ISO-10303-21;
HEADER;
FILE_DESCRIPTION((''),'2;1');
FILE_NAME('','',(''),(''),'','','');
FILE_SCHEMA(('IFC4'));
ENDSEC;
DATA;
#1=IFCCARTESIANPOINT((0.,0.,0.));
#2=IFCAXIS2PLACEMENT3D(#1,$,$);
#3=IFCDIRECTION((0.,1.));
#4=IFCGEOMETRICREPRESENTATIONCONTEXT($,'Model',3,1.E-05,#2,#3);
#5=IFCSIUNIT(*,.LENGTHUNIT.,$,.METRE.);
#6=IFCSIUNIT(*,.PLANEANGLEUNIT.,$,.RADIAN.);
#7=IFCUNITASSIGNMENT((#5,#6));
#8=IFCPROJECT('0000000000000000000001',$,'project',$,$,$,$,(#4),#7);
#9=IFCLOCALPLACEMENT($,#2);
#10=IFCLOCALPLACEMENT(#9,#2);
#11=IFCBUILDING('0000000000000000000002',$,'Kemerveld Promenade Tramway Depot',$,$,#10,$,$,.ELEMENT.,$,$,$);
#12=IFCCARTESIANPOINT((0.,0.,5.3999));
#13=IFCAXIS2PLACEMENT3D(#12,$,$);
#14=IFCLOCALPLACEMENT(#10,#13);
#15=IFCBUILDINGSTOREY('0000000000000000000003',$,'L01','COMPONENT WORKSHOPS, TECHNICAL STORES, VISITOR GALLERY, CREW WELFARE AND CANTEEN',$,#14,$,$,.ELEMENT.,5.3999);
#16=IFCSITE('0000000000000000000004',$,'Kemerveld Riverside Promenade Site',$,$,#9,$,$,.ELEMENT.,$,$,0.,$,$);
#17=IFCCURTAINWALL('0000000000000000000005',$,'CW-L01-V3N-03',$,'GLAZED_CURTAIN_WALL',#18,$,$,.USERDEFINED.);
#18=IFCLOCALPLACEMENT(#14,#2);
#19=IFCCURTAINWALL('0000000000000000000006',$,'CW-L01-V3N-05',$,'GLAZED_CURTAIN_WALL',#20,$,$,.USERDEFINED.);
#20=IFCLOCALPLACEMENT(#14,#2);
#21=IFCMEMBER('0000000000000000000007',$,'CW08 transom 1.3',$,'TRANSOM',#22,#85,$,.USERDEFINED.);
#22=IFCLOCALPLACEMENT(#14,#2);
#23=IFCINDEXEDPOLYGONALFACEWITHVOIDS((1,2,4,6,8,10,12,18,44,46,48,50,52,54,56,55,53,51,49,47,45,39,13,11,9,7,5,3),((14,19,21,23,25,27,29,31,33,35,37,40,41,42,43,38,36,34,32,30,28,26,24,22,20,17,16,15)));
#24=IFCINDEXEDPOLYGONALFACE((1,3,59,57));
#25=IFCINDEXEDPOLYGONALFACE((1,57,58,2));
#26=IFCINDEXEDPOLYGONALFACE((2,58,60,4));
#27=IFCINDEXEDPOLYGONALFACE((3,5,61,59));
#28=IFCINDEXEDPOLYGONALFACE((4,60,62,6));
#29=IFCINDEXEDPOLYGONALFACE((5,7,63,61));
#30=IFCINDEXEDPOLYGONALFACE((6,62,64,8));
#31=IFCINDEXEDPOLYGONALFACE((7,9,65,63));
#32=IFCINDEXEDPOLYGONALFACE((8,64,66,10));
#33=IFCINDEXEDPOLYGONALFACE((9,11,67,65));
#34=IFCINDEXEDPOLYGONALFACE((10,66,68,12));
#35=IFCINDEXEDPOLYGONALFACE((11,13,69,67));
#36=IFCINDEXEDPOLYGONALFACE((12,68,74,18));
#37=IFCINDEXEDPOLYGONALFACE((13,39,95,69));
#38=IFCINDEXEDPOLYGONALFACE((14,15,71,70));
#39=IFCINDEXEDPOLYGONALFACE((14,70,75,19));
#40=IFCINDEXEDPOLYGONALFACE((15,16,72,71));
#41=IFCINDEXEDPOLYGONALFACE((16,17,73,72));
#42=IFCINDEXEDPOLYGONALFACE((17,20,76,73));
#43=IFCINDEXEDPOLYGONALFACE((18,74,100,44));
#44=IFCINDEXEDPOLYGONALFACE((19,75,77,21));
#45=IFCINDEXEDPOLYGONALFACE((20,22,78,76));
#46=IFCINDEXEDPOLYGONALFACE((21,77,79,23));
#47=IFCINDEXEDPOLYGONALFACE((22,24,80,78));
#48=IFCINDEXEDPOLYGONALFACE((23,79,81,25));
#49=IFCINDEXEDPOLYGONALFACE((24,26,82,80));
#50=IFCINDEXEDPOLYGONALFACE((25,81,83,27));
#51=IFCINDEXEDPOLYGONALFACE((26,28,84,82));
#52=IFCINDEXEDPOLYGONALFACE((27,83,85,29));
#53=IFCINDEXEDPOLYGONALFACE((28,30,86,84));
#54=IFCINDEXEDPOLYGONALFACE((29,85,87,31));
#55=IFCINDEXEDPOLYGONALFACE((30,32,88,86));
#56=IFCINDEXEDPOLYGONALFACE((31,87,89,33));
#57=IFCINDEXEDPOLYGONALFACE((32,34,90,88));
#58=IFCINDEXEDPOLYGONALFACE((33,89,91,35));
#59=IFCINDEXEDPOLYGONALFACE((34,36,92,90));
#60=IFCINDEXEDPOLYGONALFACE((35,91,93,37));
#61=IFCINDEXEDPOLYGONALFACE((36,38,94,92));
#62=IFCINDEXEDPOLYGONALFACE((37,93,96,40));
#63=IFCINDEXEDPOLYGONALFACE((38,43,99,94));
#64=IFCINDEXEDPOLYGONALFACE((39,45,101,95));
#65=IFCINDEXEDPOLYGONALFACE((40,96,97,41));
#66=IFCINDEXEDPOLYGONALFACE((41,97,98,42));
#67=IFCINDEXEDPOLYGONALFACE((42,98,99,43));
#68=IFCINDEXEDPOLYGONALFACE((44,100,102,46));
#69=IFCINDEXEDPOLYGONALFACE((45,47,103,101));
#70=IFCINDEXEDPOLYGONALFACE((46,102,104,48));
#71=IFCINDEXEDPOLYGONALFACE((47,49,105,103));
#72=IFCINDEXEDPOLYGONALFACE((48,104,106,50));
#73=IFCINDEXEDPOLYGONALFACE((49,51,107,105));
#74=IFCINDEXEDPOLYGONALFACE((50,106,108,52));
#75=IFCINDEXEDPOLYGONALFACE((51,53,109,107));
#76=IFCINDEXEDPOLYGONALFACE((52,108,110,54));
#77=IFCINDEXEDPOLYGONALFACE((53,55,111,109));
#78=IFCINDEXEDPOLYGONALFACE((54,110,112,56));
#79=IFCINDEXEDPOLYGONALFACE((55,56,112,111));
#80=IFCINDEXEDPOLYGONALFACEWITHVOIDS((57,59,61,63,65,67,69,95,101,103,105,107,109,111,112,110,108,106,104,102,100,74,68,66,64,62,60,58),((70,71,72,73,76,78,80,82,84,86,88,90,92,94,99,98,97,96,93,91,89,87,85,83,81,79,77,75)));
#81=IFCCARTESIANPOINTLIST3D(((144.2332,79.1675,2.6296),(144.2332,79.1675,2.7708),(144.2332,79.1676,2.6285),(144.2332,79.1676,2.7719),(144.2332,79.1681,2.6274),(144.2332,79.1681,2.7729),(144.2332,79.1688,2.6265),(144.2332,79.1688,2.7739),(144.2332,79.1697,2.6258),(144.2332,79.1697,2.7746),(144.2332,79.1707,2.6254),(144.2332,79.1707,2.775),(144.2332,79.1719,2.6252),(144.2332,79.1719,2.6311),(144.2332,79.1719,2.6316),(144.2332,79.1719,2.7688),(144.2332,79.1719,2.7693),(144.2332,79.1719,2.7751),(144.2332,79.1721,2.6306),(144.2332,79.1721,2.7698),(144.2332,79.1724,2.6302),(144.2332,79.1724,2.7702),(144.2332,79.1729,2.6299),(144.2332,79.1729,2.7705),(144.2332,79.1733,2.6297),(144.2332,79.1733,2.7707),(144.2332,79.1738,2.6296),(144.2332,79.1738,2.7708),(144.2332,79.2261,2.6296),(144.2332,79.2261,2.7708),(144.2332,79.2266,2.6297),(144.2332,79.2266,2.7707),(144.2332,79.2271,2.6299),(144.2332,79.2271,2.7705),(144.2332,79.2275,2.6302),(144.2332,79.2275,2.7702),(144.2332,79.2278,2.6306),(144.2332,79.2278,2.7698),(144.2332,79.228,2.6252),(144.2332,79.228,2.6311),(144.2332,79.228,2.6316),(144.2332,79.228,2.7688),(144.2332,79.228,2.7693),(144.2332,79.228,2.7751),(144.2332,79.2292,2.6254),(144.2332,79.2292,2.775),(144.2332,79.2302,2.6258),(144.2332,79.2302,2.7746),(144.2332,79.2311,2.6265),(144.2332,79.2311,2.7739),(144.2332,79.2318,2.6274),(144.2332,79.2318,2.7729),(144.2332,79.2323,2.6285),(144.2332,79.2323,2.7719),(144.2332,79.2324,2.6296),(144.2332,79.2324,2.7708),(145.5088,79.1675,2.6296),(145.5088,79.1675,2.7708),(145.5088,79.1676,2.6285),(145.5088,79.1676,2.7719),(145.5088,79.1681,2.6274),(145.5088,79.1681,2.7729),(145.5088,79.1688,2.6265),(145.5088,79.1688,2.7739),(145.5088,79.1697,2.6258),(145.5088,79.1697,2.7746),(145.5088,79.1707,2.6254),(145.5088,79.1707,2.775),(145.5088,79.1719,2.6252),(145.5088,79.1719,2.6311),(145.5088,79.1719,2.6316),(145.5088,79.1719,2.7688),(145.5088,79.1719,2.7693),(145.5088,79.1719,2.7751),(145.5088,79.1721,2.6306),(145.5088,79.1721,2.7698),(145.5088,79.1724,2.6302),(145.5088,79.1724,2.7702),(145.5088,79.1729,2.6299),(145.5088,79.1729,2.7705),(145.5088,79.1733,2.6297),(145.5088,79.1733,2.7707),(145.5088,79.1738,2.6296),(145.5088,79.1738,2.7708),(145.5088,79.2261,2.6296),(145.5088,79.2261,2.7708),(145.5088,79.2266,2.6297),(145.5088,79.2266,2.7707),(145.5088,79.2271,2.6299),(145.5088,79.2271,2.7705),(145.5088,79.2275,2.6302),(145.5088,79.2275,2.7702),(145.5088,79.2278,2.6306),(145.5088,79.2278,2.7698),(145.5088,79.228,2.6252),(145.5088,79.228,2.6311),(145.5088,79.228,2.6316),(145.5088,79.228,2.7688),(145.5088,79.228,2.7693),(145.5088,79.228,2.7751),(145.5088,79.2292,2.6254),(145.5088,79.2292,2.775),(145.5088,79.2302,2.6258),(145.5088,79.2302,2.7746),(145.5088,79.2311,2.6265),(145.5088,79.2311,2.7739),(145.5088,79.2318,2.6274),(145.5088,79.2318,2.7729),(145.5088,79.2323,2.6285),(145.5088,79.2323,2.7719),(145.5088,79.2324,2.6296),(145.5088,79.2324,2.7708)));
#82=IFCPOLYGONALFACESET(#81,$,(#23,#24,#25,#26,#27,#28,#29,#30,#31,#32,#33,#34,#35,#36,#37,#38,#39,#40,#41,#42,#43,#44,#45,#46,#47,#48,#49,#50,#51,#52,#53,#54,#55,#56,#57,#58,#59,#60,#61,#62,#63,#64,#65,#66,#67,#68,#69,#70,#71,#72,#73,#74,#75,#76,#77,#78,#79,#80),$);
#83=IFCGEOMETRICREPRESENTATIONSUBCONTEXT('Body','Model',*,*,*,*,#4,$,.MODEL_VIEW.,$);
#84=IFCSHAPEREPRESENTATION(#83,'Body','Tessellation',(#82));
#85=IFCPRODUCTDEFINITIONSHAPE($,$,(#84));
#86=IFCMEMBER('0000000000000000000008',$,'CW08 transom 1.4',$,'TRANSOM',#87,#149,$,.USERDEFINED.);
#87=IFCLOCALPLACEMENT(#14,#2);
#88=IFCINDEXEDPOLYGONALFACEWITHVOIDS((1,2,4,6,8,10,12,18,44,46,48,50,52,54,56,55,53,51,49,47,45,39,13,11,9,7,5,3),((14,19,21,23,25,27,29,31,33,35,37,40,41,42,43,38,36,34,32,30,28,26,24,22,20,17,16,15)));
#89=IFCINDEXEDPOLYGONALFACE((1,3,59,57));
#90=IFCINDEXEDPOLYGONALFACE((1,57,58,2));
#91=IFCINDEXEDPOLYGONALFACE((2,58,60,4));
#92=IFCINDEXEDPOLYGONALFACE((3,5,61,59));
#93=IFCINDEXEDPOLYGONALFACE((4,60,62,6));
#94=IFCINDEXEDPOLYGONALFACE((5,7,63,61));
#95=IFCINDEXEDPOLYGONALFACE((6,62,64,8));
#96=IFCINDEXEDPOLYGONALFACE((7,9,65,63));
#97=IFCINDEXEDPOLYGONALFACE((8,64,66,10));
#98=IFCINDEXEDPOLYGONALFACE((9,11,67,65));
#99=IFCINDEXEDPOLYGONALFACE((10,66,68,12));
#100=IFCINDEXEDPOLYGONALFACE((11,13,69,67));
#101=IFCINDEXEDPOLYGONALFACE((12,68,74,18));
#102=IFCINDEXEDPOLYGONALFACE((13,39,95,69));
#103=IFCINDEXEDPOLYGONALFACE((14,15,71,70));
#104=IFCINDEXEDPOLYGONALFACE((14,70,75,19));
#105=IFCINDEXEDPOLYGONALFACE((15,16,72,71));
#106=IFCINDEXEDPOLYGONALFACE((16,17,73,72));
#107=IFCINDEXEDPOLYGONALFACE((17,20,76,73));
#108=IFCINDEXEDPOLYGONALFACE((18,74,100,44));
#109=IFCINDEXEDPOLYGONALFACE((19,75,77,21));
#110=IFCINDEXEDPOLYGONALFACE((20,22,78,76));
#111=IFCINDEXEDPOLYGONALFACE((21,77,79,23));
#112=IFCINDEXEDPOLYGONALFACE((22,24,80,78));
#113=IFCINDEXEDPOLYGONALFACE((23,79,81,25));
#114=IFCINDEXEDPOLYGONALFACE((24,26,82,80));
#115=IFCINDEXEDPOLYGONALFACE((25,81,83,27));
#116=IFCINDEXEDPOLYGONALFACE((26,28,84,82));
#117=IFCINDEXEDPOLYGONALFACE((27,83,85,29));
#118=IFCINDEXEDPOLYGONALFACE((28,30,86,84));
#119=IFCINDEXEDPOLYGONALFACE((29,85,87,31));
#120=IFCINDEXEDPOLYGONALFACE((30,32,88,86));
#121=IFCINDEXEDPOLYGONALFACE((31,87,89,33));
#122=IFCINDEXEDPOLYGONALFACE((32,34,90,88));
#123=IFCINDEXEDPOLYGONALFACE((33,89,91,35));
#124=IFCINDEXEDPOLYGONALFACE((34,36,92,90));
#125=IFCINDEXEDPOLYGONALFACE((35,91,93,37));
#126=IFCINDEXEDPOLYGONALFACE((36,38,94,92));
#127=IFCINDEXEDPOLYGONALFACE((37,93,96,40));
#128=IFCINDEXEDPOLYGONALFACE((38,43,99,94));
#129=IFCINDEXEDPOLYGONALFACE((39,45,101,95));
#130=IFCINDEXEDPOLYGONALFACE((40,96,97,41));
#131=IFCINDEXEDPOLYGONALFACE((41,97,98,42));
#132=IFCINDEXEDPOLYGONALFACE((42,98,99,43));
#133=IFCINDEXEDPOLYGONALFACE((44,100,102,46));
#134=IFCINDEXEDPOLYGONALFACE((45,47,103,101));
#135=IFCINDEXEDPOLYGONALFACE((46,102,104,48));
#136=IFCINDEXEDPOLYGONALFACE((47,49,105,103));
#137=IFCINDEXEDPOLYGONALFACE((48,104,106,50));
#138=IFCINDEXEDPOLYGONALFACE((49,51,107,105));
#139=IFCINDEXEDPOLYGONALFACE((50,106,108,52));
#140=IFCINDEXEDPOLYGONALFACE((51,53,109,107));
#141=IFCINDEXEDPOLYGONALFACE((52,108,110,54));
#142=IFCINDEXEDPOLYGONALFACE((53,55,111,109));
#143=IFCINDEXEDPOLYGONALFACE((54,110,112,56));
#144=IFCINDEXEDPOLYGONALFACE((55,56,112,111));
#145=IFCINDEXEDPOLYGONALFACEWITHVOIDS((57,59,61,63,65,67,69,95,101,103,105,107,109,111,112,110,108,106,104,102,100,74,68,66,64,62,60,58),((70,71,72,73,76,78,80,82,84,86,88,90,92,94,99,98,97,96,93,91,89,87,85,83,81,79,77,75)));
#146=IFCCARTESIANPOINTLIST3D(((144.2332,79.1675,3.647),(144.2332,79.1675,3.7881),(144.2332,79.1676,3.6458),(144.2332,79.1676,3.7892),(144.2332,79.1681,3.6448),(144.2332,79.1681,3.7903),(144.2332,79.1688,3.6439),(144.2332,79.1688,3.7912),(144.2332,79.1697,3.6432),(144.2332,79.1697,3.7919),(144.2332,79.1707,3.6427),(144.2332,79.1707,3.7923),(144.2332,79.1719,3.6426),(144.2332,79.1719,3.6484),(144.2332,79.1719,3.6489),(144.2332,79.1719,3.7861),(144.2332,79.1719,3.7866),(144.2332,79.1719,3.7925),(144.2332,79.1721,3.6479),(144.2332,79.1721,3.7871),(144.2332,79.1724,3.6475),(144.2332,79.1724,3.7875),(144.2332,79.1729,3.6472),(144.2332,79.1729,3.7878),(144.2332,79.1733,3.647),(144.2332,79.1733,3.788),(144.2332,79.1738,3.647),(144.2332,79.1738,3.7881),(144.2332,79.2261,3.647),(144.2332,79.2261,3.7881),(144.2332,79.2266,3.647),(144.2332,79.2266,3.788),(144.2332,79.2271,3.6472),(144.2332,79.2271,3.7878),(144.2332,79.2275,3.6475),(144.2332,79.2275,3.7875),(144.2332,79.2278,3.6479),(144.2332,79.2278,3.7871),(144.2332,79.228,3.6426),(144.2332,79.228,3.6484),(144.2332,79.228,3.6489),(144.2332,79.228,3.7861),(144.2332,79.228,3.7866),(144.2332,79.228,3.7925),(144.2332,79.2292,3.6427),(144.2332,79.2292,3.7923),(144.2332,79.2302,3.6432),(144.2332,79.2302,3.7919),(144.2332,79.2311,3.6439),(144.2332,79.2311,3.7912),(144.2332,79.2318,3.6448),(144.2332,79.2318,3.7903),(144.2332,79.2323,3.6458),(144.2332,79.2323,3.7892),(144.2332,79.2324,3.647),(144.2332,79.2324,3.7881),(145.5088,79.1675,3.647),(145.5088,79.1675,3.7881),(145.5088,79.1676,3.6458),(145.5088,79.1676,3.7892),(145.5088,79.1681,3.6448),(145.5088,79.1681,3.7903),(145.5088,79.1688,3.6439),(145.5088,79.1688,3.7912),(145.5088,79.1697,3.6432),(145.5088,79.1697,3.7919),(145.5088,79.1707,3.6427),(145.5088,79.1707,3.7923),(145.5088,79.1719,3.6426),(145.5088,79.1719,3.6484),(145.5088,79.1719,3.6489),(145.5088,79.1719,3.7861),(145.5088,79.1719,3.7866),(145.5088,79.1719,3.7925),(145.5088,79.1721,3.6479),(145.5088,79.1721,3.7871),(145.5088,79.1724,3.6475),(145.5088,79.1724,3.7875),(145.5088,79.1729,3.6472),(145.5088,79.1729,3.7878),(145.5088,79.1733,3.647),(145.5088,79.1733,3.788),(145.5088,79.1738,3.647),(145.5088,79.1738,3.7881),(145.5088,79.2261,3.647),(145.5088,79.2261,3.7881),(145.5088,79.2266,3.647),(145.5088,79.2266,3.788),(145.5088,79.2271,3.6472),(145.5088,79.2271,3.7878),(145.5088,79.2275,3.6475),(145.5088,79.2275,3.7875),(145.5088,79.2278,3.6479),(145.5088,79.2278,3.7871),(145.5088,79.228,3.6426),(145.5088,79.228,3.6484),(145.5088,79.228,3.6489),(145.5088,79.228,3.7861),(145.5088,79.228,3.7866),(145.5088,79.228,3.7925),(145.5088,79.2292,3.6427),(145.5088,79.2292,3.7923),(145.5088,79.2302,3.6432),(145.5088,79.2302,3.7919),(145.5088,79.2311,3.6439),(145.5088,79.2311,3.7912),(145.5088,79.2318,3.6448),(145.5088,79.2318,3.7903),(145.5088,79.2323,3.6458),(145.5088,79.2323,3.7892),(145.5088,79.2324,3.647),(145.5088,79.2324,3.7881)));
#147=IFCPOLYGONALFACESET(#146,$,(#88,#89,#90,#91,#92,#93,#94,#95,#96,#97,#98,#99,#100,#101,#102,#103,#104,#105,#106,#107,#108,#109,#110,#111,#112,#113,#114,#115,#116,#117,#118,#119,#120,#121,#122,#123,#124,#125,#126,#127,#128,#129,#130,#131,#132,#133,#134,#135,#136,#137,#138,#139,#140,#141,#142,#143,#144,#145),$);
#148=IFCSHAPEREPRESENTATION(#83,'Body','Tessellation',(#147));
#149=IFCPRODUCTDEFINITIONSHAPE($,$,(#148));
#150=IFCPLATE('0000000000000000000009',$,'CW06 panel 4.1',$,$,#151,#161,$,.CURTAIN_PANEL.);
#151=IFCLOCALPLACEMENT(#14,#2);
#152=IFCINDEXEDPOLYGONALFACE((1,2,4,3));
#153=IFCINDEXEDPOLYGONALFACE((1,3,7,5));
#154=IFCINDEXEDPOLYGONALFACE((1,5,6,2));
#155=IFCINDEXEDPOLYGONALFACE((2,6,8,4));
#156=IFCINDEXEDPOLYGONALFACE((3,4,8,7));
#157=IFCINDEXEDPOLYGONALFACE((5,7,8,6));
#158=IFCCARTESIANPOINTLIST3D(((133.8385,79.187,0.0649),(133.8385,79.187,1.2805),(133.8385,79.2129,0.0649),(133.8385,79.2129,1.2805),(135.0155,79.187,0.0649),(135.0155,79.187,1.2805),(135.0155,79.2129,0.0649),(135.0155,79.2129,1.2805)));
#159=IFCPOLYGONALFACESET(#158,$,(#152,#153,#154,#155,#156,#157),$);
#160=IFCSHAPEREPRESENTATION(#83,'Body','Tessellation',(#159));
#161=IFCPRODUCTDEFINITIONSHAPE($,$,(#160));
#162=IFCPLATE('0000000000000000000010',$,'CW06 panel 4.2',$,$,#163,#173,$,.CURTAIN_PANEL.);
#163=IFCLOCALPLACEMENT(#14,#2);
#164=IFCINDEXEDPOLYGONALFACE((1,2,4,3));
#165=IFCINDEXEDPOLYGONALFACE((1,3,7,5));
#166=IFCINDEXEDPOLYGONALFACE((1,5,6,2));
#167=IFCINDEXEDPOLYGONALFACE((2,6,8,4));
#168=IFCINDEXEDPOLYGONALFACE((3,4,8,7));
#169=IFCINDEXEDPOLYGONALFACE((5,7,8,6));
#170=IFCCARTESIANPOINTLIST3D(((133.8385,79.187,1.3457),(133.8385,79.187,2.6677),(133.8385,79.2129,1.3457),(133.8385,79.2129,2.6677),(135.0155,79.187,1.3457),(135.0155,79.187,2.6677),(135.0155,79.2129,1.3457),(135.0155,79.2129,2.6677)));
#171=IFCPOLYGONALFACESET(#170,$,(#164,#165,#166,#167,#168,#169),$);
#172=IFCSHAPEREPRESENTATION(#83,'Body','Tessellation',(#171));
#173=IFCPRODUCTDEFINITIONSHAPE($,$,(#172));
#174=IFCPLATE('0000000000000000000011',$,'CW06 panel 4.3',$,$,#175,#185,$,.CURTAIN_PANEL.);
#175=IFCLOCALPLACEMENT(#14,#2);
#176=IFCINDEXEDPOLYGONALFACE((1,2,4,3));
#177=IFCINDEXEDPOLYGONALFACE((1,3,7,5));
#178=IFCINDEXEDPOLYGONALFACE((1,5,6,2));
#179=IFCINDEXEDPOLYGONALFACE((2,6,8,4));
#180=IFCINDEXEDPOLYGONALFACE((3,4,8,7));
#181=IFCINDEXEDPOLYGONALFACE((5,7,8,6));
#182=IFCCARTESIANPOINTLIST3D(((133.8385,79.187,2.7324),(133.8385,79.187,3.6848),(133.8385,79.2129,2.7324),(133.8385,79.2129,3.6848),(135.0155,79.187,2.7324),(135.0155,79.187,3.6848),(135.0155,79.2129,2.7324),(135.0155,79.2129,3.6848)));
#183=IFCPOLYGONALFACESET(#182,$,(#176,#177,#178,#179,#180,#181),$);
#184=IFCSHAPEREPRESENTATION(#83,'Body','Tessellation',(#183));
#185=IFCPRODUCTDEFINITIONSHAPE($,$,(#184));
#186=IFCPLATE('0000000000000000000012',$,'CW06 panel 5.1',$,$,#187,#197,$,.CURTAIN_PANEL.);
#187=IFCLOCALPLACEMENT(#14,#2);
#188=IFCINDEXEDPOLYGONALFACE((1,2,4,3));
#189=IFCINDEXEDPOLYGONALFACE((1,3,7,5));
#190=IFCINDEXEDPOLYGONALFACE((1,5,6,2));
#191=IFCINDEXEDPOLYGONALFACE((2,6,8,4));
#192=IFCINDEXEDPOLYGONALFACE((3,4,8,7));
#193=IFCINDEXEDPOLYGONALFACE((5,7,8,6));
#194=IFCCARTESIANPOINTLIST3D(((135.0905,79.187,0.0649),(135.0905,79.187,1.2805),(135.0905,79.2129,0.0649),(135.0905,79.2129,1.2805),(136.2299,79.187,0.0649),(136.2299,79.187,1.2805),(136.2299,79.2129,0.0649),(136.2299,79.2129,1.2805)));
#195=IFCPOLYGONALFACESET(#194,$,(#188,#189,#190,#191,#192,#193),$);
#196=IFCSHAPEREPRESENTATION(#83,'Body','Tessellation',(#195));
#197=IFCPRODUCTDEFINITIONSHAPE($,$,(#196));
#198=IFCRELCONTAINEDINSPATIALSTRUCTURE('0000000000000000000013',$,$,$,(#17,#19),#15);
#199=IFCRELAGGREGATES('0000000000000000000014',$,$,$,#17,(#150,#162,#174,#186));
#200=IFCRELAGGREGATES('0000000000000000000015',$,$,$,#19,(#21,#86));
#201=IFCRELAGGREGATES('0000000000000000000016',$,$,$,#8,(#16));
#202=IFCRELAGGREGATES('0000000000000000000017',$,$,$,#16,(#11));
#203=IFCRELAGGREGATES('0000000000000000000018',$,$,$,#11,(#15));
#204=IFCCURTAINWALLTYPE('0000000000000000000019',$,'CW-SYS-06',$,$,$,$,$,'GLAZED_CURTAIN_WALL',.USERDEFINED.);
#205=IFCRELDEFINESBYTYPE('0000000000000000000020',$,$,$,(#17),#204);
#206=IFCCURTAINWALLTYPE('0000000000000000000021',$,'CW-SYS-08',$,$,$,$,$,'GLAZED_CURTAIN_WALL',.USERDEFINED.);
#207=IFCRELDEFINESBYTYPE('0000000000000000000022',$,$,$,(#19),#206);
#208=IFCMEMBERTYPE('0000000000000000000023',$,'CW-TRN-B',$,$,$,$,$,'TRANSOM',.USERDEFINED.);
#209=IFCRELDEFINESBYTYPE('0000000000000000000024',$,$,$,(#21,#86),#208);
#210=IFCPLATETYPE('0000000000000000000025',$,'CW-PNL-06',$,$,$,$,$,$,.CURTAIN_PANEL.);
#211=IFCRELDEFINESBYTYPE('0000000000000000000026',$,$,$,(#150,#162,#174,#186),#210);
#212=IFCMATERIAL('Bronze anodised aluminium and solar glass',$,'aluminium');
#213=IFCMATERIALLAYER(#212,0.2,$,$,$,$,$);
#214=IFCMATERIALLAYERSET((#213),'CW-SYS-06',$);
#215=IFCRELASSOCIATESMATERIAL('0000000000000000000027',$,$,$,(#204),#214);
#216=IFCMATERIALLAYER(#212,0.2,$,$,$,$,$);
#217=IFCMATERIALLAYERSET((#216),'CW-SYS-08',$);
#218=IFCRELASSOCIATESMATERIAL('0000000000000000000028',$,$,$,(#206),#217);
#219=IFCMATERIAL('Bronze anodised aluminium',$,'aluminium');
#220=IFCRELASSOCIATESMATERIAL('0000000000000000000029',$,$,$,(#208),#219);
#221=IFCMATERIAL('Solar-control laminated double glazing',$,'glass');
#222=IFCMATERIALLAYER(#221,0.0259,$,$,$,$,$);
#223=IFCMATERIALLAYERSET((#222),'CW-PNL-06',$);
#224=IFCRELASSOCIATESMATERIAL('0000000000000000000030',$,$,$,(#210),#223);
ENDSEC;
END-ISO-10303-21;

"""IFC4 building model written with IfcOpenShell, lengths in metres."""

from ifc_helpers import new_model, si_unit, direction, frame, origin, origin_2d, place, context, subcontext, project, spatial, rectangle, hollow_rectangle, extrude, material, layer, layer_set, material_profile, profile_set, type_object, element, aggregate, save


model = new_model("IFC4")

# Units and contexts
model_context = context("Model", 3, precision=1e-05, world=origin(), true_north=direction((0.0, 1.0)))
body_context = subcontext(model_context, "Body", "Model", "MODEL_VIEW")
ifc_project = project(units=[si_unit("LENGTHUNIT", "METRE"), si_unit("PLANEANGLEUNIT", "RADIAN")], contexts=[model_context])

# Site, building, storey
site_placement = place(None, origin())
site = spatial("IfcSite", under=ifc_project, at=site_placement, Name="Kemerveld Riverside Promenade Site", CompositionType="ELEMENT", RefElevation=0.0)
building_placement = place(site_placement, origin())
building = spatial("IfcBuilding", under=site, at=building_placement, Name="Kemerveld Promenade Tramway Depot", CompositionType="ELEMENT")
storey_placement = place(building_placement, frame((0.0, 0.0, 5.3999)))
storey = spatial("IfcBuildingStorey", under=building, at=storey_placement, Name="L01", Description="COMPONENT WORKSHOPS, TECHNICAL STORES, VISITOR GALLERY, CREW WELFARE AND CANTEEN", CompositionType="ELEMENT", Elevation=5.3999)

# Curtain wall
ifc_material_1 = material(Name="Bronze anodised aluminium and solar glass", Category="aluminium")
ifc_layer_1 = layer(ifc_material_1, 0.2)
ifc_layer_set_1 = layer_set([ifc_layer_1], Name="CW-SYS-06")
curtain_wall_type_1 = type_object("IfcCurtainWallType", Name="CW-SYS-06", ElementType="GLAZED_CURTAIN_WALL", PredefinedType="USERDEFINED", material=ifc_layer_set_1)
curtain_wall_1_placement = place(storey_placement, origin())
curtain_wall_1 = element("IfcCurtainWall", 1, at=curtain_wall_1_placement, inside=storey, type_object=curtain_wall_type_1, Name="CW-L01-V3N-03", ObjectType="GLAZED_CURTAIN_WALL", PredefinedType="USERDEFINED")
ifc_material_2 = material(Name="Bronze anodised aluminium", Category="aluminium")

# Curtain wall
ifc_layer_2 = layer(ifc_material_1, 0.2)
ifc_layer_set_2 = layer_set([ifc_layer_2], Name="CW-SYS-08")
curtain_wall_type_2 = type_object("IfcCurtainWallType", Name="CW-SYS-08", ElementType="GLAZED_CURTAIN_WALL", PredefinedType="USERDEFINED", material=ifc_layer_set_2)
curtain_wall_2_placement = place(storey_placement, origin())
curtain_wall_2 = element("IfcCurtainWall", 2, at=curtain_wall_2_placement, inside=storey, type_object=curtain_wall_type_2, Name="CW-L01-V3N-05", ObjectType="GLAZED_CURTAIN_WALL", PredefinedType="USERDEFINED")

# Members
ifc_material_profile_1 = material_profile(ifc_material_2, hollow_rectangle(XDim=0.0649, YDim=0.1499, WallThickness=0.0044, InnerFilletRadius=0.002, OuterFilletRadius=0.0044, at=origin_2d()), Name="CW-TRN-150x65")
ifc_profile_set_1 = profile_set([ifc_material_profile_1], Name="Bronze anodised aluminium")
member_type_1 = type_object("IfcMemberType", Name="CW-TRN-B", ElementType="TRANSOM", PredefinedType="USERDEFINED", material=ifc_profile_set_1)
member_1_placement = place(storey_placement, frame((144.2332, 79.2, 2.7002), z_axis=(1.0, 0.0, 0.0), x_axis=(0.0, 1.0, 0.0)))
member_1 = element("IfcMember", 3, at=member_1_placement, type_object=member_type_1, Name="CW08 transom 1.3", ObjectType="TRANSOM", PredefinedType="USERDEFINED", context=body_context, shape_type="SweptSolid", body=[
    extrude(hollow_rectangle(XDim=0.0649, YDim=0.1499, WallThickness=0.0044, InnerFilletRadius=0.002, OuterFilletRadius=0.0044, at=origin_2d()), origin(), (0.0, 0.0, 1.0), 1.2756),
])
member_2_placement = place(storey_placement, frame((144.2332, 79.2, 3.7175), z_axis=(1.0, 0.0, 0.0), x_axis=(0.0, 1.0, 0.0)))
member_2 = element("IfcMember", 4, at=member_2_placement, type_object=member_type_1, Name="CW08 transom 1.4", ObjectType="TRANSOM", PredefinedType="USERDEFINED", context=body_context, shape_type="SweptSolid", body=[
    extrude(hollow_rectangle(XDim=0.0649, YDim=0.1499, WallThickness=0.0044, InnerFilletRadius=0.002, OuterFilletRadius=0.0044, at=origin_2d()), origin(), (0.0, 0.0, 1.0), 1.2756),
])

# Plates
ifc_material_3 = material(Name="Solar-control laminated double glazing", Category="glass")
ifc_layer_3 = layer(ifc_material_3, 0.0259)
ifc_layer_set_3 = layer_set([ifc_layer_3], Name="CW-PNL-06")
plate_type_1 = type_object("IfcPlateType", Name="CW-PNL-06", PredefinedType="CURTAIN_PANEL", material=ifc_layer_set_3)
plate_1_placement = place(storey_placement, frame((134.427, 79.2, 0.0649), z_axis=(0.0, 0.0, 1.0), x_axis=(1.0, 0.0, 0.0)))
plate_1 = element("IfcPlate", 5, at=plate_1_placement, type_object=plate_type_1, Name="CW06 panel 4.1", PredefinedType="CURTAIN_PANEL", context=body_context, shape_type="SweptSolid", body=[
    extrude(rectangle(XDim=1.177, YDim=0.0259, at=origin_2d()), origin(), (0.0, 0.0, 1.0), 1.2156),
])
plate_2_placement = place(storey_placement, frame((134.427, 79.2, 1.3457), z_axis=(0.0, 0.0, 1.0), x_axis=(1.0, 0.0, 0.0)))
plate_2 = element("IfcPlate", 6, at=plate_2_placement, type_object=plate_type_1, Name="CW06 panel 4.2", PredefinedType="CURTAIN_PANEL", context=body_context, shape_type="SweptSolid", body=[
    extrude(rectangle(XDim=1.177, YDim=0.0259, at=origin_2d()), origin(), (0.0, 0.0, 1.0), 1.322),
])
plate_3_placement = place(storey_placement, frame((134.427, 79.2, 2.7324), z_axis=(0.0, 0.0, 1.0), x_axis=(1.0, 0.0, 0.0)))
plate_3 = element("IfcPlate", 7, at=plate_3_placement, type_object=plate_type_1, Name="CW06 panel 4.3", PredefinedType="CURTAIN_PANEL", context=body_context, shape_type="SweptSolid", body=[
    extrude(rectangle(XDim=1.177, YDim=0.0259, at=origin_2d()), origin(), (0.0, 0.0, 1.0), 0.9524),
])
plate_4_placement = place(storey_placement, frame((135.6602, 79.2, 0.0649), z_axis=(0.0, 0.0, 1.0), x_axis=(1.0, 0.0, 0.0)))
plate_4 = element("IfcPlate", 8, at=plate_4_placement, type_object=plate_type_1, Name="CW06 panel 5.1", PredefinedType="CURTAIN_PANEL", context=body_context, shape_type="SweptSolid", body=[
    extrude(rectangle(XDim=1.1394, YDim=0.0259, at=origin_2d()), origin(), (0.0, 0.0, 1.0), 1.2156),
])
aggregate(curtain_wall_1, [plate_1, plate_2, plate_3, plate_4])
aggregate(curtain_wall_2, [member_1, member_2])

save(model, "model.ifc")
